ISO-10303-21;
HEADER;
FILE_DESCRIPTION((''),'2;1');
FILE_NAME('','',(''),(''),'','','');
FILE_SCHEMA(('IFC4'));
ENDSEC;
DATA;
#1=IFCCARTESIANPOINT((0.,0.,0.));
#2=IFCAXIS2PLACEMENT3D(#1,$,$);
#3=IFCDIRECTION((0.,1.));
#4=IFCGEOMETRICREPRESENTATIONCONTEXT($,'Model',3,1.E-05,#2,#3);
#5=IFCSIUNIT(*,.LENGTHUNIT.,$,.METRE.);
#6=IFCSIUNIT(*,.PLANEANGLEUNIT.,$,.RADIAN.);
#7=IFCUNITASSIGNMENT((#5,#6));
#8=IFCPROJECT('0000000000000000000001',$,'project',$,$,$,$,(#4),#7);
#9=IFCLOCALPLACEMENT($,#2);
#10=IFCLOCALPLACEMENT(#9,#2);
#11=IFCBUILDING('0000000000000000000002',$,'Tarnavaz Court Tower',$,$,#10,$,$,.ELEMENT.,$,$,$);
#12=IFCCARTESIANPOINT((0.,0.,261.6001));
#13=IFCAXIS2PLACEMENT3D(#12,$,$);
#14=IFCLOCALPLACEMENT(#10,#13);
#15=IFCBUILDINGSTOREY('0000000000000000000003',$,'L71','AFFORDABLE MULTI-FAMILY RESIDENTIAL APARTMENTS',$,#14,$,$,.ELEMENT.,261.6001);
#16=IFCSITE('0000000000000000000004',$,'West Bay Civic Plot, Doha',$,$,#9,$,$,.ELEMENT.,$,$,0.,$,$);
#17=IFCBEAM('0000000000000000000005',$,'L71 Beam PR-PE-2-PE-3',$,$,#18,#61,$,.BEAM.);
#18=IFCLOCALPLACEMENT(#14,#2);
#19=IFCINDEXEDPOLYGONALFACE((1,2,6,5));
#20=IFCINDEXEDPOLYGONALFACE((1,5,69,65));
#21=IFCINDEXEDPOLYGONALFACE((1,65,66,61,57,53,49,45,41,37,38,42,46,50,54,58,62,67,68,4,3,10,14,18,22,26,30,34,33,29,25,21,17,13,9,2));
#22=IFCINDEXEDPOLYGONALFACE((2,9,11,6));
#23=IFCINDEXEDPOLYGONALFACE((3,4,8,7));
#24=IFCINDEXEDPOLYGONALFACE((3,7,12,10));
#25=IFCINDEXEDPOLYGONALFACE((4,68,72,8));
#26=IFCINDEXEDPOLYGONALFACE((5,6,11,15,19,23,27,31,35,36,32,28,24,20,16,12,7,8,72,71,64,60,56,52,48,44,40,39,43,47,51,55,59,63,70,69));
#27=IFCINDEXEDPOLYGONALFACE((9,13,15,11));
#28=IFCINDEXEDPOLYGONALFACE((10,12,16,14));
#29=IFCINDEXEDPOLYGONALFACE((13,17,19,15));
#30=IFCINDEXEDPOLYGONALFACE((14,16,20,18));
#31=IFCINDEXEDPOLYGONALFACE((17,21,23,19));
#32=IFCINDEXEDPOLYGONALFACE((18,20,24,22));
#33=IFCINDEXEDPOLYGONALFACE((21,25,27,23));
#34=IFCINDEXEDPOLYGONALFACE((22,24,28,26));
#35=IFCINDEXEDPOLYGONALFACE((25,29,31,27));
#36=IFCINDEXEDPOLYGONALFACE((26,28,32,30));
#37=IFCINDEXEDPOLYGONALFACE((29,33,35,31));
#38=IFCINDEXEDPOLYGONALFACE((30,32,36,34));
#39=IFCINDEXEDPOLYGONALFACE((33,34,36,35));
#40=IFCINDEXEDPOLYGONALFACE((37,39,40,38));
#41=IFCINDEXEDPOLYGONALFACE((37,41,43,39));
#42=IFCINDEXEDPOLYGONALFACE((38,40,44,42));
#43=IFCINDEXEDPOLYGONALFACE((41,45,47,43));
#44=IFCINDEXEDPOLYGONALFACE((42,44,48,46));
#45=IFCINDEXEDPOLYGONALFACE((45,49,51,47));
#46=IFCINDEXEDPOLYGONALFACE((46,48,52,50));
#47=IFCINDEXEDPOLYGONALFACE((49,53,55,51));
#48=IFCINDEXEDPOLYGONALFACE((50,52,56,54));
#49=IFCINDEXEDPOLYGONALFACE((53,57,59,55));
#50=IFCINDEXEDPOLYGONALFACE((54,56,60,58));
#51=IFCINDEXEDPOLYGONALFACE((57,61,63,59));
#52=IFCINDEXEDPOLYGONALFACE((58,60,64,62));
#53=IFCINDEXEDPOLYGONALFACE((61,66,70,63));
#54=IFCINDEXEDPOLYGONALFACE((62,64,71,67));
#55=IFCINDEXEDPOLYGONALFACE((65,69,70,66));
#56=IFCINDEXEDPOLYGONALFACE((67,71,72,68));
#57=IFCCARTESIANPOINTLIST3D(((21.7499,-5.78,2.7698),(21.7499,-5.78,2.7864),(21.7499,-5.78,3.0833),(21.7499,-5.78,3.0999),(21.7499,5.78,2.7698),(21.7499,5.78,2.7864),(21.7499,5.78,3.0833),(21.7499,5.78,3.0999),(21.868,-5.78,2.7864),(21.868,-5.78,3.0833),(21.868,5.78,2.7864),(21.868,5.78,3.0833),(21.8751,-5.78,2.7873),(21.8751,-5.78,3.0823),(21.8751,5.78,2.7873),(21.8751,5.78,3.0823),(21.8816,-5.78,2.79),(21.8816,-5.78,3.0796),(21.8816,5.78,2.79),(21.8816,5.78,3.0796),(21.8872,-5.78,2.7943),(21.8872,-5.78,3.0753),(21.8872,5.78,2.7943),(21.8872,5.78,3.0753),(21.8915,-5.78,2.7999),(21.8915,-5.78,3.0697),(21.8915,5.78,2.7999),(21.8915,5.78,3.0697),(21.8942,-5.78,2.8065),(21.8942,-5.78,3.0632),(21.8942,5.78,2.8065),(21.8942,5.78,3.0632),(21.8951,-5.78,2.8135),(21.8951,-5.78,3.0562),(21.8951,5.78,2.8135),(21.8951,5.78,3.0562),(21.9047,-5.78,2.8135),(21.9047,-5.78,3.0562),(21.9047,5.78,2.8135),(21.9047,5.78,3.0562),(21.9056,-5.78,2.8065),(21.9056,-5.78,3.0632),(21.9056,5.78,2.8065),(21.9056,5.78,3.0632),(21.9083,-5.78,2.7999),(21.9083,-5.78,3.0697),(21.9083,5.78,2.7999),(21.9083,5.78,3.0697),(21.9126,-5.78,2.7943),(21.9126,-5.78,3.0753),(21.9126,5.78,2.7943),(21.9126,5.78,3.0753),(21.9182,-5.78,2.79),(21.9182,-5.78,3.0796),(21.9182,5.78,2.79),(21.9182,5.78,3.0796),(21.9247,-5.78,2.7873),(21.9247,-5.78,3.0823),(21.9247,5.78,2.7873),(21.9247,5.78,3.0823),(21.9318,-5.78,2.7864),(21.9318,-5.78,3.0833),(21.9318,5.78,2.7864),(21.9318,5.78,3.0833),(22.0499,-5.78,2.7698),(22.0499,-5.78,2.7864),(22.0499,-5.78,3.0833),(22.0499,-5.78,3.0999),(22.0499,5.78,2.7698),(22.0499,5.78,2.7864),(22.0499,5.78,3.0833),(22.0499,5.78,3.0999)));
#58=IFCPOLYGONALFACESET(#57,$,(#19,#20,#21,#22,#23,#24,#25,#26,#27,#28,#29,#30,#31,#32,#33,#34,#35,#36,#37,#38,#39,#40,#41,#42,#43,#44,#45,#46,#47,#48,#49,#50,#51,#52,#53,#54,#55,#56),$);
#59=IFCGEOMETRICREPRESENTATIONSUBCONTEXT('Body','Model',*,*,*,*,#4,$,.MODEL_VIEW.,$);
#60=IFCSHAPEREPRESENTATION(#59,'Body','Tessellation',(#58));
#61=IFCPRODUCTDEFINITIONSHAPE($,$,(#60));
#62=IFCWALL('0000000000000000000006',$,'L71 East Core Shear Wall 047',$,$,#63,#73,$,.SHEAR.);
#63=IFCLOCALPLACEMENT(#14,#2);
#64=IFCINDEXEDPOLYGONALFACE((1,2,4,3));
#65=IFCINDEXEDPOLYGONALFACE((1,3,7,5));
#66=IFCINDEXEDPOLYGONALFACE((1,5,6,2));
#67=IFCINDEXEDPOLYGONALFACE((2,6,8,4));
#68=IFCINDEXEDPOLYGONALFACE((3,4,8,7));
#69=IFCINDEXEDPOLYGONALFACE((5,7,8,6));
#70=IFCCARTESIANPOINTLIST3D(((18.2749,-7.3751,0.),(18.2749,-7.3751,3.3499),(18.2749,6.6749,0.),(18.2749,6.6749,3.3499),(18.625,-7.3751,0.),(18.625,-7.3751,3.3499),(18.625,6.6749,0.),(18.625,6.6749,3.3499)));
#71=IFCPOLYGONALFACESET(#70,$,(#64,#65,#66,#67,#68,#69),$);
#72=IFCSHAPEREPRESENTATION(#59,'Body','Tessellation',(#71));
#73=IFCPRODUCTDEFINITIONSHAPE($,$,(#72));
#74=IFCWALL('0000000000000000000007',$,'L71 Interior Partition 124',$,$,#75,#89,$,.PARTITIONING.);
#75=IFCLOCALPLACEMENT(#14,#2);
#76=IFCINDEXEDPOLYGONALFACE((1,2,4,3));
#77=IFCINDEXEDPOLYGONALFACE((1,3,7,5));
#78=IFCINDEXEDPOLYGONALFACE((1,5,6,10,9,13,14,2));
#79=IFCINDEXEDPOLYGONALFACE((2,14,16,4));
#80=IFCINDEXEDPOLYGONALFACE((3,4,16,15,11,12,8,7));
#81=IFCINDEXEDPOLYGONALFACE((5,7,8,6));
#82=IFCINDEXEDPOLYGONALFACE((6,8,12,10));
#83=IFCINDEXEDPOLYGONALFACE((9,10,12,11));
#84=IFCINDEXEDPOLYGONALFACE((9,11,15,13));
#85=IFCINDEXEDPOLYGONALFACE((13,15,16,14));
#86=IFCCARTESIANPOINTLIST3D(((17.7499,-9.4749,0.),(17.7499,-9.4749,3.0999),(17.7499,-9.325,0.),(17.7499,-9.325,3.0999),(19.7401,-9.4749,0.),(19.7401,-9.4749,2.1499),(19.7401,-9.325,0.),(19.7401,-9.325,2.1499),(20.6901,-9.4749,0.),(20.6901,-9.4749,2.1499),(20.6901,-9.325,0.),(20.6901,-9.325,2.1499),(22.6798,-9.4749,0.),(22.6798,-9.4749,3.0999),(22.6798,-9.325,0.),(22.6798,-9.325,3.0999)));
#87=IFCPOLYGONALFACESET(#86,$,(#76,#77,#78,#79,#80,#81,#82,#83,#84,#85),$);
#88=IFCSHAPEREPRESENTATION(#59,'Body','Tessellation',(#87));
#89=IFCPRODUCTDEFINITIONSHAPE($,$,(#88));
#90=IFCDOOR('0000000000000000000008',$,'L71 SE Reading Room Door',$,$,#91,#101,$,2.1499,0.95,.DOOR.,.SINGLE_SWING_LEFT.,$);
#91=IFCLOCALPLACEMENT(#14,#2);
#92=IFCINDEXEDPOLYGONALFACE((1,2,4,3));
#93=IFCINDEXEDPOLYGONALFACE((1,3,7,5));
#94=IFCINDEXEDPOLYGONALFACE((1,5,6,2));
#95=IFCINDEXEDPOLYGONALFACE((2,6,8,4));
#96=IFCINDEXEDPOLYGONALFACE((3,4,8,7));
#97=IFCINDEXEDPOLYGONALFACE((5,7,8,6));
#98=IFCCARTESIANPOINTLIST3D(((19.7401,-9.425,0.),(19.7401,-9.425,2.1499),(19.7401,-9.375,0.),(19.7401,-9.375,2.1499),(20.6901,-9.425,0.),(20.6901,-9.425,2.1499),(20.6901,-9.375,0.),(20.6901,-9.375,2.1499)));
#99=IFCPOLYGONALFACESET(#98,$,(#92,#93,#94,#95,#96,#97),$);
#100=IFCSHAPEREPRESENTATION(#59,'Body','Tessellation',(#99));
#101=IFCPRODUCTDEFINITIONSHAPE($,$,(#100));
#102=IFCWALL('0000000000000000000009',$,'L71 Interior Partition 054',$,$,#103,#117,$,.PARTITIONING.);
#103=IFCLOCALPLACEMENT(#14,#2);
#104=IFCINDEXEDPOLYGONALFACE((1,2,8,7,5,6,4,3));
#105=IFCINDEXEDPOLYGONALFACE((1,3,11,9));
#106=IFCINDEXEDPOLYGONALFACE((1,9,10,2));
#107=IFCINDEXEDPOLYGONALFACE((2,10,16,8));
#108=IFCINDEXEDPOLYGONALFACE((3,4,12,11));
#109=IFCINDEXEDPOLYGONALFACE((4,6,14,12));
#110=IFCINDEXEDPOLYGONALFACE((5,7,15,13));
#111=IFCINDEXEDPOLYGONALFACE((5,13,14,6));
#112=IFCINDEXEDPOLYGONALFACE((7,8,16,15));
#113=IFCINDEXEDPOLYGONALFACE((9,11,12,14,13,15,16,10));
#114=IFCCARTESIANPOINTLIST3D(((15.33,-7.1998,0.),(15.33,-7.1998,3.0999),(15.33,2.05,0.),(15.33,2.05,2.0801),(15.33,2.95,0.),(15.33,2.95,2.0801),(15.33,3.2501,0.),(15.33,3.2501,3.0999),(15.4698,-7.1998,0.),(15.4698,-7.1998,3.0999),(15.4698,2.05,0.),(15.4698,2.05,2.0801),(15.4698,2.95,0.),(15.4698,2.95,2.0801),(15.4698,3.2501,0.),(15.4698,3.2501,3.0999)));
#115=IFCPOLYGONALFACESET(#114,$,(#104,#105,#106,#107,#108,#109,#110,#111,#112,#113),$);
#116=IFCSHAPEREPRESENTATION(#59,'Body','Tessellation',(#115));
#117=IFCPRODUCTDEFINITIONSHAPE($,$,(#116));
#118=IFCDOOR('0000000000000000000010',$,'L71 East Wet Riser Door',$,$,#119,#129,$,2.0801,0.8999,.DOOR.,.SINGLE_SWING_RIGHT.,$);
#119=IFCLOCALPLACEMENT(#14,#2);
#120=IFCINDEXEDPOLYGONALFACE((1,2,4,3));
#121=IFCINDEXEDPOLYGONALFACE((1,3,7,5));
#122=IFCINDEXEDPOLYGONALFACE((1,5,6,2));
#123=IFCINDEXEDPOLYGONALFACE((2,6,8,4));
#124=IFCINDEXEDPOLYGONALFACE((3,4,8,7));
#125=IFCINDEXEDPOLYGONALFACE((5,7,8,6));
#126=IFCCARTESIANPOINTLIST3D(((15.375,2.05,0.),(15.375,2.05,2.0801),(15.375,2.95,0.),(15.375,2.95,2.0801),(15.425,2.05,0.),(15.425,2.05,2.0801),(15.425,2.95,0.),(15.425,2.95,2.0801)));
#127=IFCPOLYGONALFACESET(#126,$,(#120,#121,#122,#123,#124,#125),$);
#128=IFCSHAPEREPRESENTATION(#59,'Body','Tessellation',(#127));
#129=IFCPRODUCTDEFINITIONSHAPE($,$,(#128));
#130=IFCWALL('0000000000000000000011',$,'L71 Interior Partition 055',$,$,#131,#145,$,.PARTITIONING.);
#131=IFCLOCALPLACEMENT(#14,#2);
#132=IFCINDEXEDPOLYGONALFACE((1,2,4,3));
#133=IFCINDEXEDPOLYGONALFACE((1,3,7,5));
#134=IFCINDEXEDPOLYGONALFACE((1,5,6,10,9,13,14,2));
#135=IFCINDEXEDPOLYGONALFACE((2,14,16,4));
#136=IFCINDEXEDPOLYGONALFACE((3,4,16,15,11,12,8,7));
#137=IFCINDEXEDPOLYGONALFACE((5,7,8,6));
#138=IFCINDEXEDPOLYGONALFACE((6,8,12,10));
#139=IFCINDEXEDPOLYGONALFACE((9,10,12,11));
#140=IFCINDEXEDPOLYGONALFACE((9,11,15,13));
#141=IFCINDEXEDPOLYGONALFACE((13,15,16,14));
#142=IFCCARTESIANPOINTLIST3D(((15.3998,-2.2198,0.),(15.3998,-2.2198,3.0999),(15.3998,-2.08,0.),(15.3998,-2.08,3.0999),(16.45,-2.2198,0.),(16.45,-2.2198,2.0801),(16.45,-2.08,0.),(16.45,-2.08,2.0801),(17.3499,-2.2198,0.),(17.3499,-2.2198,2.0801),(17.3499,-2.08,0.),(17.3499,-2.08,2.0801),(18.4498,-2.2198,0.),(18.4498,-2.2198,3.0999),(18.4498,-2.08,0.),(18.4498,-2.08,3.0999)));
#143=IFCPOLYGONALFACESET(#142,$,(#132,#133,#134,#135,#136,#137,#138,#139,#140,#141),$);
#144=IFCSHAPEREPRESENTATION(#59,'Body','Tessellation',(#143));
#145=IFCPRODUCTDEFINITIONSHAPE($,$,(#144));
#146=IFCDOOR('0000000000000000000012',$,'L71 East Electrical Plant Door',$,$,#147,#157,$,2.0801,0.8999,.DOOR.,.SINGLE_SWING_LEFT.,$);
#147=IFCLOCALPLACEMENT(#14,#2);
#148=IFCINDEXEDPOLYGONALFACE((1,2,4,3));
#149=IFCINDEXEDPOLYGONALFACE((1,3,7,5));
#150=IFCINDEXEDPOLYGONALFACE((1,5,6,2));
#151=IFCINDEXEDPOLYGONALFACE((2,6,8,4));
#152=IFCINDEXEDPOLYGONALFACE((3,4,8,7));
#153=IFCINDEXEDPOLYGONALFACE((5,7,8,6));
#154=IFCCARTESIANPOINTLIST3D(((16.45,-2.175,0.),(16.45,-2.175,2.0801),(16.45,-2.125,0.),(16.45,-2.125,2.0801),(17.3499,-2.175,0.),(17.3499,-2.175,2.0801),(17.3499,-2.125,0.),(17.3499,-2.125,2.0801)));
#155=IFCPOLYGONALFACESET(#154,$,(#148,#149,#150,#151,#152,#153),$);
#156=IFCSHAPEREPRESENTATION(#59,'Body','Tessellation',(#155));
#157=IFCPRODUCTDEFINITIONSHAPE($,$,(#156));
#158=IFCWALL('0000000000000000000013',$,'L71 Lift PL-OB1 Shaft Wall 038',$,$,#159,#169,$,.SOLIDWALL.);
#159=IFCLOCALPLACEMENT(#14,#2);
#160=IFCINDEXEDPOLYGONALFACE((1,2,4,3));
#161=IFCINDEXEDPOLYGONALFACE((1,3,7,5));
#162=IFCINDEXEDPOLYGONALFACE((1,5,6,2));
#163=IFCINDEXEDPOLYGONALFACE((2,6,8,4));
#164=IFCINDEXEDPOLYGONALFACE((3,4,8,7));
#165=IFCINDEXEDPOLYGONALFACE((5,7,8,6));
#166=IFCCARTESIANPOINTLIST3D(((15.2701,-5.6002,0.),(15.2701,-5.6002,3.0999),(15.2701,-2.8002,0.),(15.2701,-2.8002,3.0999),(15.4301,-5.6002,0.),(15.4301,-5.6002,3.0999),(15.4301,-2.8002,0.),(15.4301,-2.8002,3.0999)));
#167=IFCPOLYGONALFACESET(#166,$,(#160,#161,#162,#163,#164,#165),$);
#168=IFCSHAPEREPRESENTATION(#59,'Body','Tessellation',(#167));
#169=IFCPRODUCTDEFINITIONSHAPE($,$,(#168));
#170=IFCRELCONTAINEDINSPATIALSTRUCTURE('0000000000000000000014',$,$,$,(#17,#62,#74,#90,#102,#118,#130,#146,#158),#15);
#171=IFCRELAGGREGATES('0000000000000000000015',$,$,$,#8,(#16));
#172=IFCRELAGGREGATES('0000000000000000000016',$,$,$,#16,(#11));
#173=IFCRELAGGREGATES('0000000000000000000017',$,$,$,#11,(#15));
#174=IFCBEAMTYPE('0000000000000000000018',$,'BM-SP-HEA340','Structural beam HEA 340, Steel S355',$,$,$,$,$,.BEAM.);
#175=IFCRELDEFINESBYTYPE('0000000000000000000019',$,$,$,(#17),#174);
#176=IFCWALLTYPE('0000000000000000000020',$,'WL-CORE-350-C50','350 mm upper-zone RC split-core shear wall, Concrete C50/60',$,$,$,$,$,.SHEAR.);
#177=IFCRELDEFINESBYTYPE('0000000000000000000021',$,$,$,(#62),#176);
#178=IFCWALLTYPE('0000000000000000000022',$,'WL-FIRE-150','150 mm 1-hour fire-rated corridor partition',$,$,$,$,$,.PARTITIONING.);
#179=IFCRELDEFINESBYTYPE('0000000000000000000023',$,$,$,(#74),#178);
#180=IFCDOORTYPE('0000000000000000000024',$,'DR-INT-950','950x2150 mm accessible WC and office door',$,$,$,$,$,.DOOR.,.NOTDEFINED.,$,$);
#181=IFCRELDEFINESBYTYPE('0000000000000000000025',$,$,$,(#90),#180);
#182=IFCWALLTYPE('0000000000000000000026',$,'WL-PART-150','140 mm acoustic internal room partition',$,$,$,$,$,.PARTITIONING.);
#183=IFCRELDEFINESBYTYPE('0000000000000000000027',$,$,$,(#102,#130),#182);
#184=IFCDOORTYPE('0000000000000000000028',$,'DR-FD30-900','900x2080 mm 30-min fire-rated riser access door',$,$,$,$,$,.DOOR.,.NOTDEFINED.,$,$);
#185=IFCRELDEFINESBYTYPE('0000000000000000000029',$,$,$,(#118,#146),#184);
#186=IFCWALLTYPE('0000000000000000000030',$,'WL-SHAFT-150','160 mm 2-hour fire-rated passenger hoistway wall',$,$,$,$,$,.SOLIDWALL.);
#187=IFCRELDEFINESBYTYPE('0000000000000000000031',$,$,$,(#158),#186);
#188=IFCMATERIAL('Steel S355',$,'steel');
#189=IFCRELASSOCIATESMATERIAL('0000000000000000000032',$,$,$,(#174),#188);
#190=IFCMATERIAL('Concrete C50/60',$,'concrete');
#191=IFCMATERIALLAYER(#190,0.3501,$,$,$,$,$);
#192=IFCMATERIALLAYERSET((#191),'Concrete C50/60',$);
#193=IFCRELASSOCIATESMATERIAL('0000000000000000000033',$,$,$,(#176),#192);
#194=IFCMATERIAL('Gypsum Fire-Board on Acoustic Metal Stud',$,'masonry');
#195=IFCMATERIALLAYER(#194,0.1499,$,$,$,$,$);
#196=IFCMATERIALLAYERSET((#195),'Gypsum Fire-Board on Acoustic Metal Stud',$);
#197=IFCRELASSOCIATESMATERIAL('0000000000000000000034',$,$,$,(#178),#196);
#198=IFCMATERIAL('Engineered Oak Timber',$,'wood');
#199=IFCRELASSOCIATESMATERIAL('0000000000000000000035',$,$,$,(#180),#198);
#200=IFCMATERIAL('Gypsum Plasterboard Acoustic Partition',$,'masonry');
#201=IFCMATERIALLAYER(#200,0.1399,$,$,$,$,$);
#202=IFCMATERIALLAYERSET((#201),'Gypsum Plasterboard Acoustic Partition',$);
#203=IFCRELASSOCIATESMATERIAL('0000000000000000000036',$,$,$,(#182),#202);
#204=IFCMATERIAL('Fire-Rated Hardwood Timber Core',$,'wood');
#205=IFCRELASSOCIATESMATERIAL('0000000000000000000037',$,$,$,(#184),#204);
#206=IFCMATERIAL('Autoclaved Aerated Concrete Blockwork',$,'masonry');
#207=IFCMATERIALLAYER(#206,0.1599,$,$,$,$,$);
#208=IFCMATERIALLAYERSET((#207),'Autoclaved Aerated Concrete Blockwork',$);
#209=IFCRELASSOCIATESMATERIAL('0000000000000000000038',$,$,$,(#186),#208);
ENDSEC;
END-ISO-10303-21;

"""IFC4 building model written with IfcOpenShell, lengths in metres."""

from ifc_helpers import new_model, si_unit, direction, frame, frame_2d, origin, origin_2d, place, context, subcontext, project, spatial, rectangle, i_section, extrude, material, layer, layer_set, material_profile, profile_set, type_object, element, fill, save


model = new_model("IFC4")

# Units and contexts
model_context = context("Model", 3, precision=1e-05, world=origin(), true_north=direction((0.0, 1.0)))
body_context = subcontext(model_context, "Body", "Model", "MODEL_VIEW")
ifc_project = project(units=[si_unit("LENGTHUNIT", "METRE"), si_unit("PLANEANGLEUNIT", "RADIAN")], contexts=[model_context])

# Site, building, storey
site_placement = place(None, origin())
site = spatial("IfcSite", under=ifc_project, at=site_placement, Name="West Bay Civic Plot, Doha", CompositionType="ELEMENT", RefElevation=0.0)
building_placement = place(site_placement, origin())
building = spatial("IfcBuilding", under=site, at=building_placement, Name="Tarnavaz Court Tower", CompositionType="ELEMENT")
storey_placement = place(building_placement, frame((0.0, 0.0, 261.6001)))
storey = spatial("IfcBuildingStorey", under=building, at=storey_placement, Name="L71", Description="AFFORDABLE MULTI-FAMILY RESIDENTIAL APARTMENTS", CompositionType="ELEMENT", Elevation=261.6001)

# Shared definitions
ifc_material_1 = material(Name="Concrete C50/60", Category="concrete")

# Beam
ifc_material_2 = material(Name="Steel S355", Category="steel")
ifc_material_profile_1 = material_profile(ifc_material_2, i_section(OverallWidth=0.3, OverallDepth=0.3301, WebThickness=0.0095, FlangeThickness=0.0166, FilletRadius=0.0271, at=origin_2d()), Name="HEA 340")
ifc_profile_set_1 = profile_set([ifc_material_profile_1], Name="Steel S355")
beam_type_1 = type_object("IfcBeamType", Name="BM-SP-HEA340", Description="Structural beam HEA 340, Steel S355", PredefinedType="BEAM", material=ifc_profile_set_1)
beam_1_placement = place(storey_placement, frame((21.8999, -5.78, 2.9348), z_axis=(0.0, 1.0, 0.0), x_axis=(-1.0, 0.0, 0.0)))
element("IfcBeam", 1, at=beam_1_placement, inside=storey, type_object=beam_type_1, Name="L71 Beam PR-PE-2-PE-3", PredefinedType="BEAM", context=body_context, shape_type="SweptSolid", body=[
    extrude(i_section(OverallWidth=0.3, OverallDepth=0.3301, WebThickness=0.0095, FlangeThickness=0.0166, FilletRadius=0.0271, at=origin_2d()), origin(), (0.0, 0.0, 1.0), 11.5601),
])

# Wall
ifc_layer_1 = layer(ifc_material_1, 0.3501)
ifc_layer_set_1 = layer_set([ifc_layer_1], Name="Concrete C50/60")
wall_type_1 = type_object("IfcWallType", Name="WL-CORE-350-C50", Description="350 mm upper-zone RC split-core shear wall, Concrete C50/60", PredefinedType="SHEAR", material=ifc_layer_set_1)
wall_1_placement = place(storey_placement, frame((18.45, -7.375, 0.0), z_axis=(0.0, 0.0, 1.0), x_axis=(0.0, 1.0, 0.0)))
element("IfcWall", 2, at=wall_1_placement, inside=storey, type_object=wall_type_1, Name="L71 East Core Shear Wall 047", PredefinedType="SHEAR", context=body_context, shape_type="SweptSolid", body=[
    extrude(rectangle(XDim=14.05, YDim=0.3501, at=frame_2d((7.0249, 0.0))), origin(), (0.0, 0.0, 1.0), 3.3499),
])

# Walls, openings, doors
ifc_material_3 = material(Name="Gypsum Fire-Board on Acoustic Metal Stud", Category="masonry")
ifc_layer_2 = layer(ifc_material_3, 0.1499)
ifc_layer_set_2 = layer_set([ifc_layer_2], Name="Gypsum Fire-Board on Acoustic Metal Stud")
wall_type_2 = type_object("IfcWallType", Name="WL-FIRE-150", Description="150 mm 1-hour fire-rated corridor partition", PredefinedType="PARTITIONING", material=ifc_layer_set_2)
ifc_material_4 = material(Name="Engineered Oak Timber", Category="wood")
wall_2_placement = place(storey_placement, frame((17.75, -9.3999, 0.0), z_axis=(0.0, 0.0, 1.0), x_axis=(1.0, 0.0, 0.0)))
wall_2 = element("IfcWall", 3, at=wall_2_placement, inside=storey, type_object=wall_type_2, Name="L71 Interior Partition 124", PredefinedType="PARTITIONING", context=body_context, shape_type="SweptSolid", body=[
    extrude(rectangle(XDim=4.9299, YDim=0.1499, at=frame_2d((2.4648, 0.0))), origin(), (0.0, 0.0, 1.0), 3.0999),
])
opening_1_placement = place(wall_2_placement, frame((1.99, 0.0, 0.0)))
opening_1 = element("IfcOpeningElement", 4, at=opening_1_placement, cuts=wall_2, PredefinedType="OPENING", context=body_context, shape_type="SweptSolid", body=[
    extrude(rectangle(XDim=0.95, YDim=2.1499, at=frame_2d((0.4751, 1.075))), frame((0.0, 0.085, 0.0), z_axis=(0.0, -1.0, 0.0), x_axis=(1.0, 0.0, 0.0)), (0.0, 0.0, 1.0), 0.1699),
])
door_type_1 = type_object("IfcDoorType", Name="DR-INT-950", Description="950x2150 mm accessible WC and office door", OperationType="NOTDEFINED", PredefinedType="DOOR", material=ifc_material_4)
door_1_placement = place(opening_1_placement, origin())
door_1 = element("IfcDoor", 5, at=door_1_placement, inside=storey, type_object=door_type_1, Name="L71 SE Reading Room Door", OperationType="SINGLE_SWING_LEFT", OverallHeight=2.1499, OverallWidth=0.95, PredefinedType="DOOR", context=body_context, shape_type="SweptSolid", body=[
    extrude(rectangle(XDim=0.95, YDim=2.1499, at=frame_2d((0.4751, 1.075))), frame((0.0, 0.0249, 0.0), z_axis=(0.0, -1.0, 0.0), x_axis=(1.0, 0.0, 0.0)), (0.0, 0.0, 1.0), 0.05),
])
fill(opening_1, door_1)
ifc_material_5 = material(Name="Gypsum Plasterboard Acoustic Partition", Category="masonry")
ifc_layer_3 = layer(ifc_material_5, 0.1399)
ifc_layer_set_3 = layer_set([ifc_layer_3], Name="Gypsum Plasterboard Acoustic Partition")
wall_type_3 = type_object("IfcWallType", Name="WL-PART-150", Description="140 mm acoustic internal room partition", PredefinedType="PARTITIONING", material=ifc_layer_set_3)
wall_3_placement = place(storey_placement, frame((15.3999, -7.2, 0.0), z_axis=(0.0, 0.0, 1.0), x_axis=(0.0, 1.0, 0.0)))
wall_3 = element("IfcWall", 6, at=wall_3_placement, inside=storey, type_object=wall_type_3, Name="L71 Interior Partition 054", PredefinedType="PARTITIONING", context=body_context, shape_type="SweptSolid", body=[
    extrude(rectangle(XDim=10.45, YDim=0.1399, at=frame_2d((5.2251, 0.0))), origin(), (0.0, 0.0, 1.0), 3.0999),
])
opening_2_placement = place(wall_3_placement, frame((9.25, 0.0, 0.0)))
opening_2 = element("IfcOpeningElement", 7, at=opening_2_placement, cuts=wall_3, PredefinedType="OPENING", context=body_context, shape_type="SweptSolid", body=[
    extrude(rectangle(XDim=0.8999, YDim=2.0801, at=frame_2d((0.45, 1.04))), frame((0.0, 0.0798, 0.0), z_axis=(0.0, -1.0, 0.0), x_axis=(1.0, 0.0, 0.0)), (0.0, 0.0, 1.0), 0.1599),
])
ifc_material_6 = material(Name="Fire-Rated Hardwood Timber Core", Category="wood")
door_type_2 = type_object("IfcDoorType", Name="DR-FD30-900", Description="900x2080 mm 30-min fire-rated riser access door", OperationType="NOTDEFINED", PredefinedType="DOOR", material=ifc_material_6)
door_2_placement = place(opening_2_placement, origin())
door_2 = element("IfcDoor", 8, at=door_2_placement, inside=storey, type_object=door_type_2, Name="L71 East Wet Riser Door", OperationType="SINGLE_SWING_RIGHT", OverallHeight=2.0801, OverallWidth=0.8999, PredefinedType="DOOR", context=body_context, shape_type="SweptSolid", body=[
    extrude(rectangle(XDim=0.8999, YDim=2.0801, at=frame_2d((0.45, 1.04))), frame((0.0, 0.0249, 0.0), z_axis=(0.0, -1.0, 0.0), x_axis=(1.0, 0.0, 0.0)), (0.0, 0.0, 1.0), 0.05),
])
fill(opening_2, door_2)
wall_4_placement = place(storey_placement, frame((15.3999, -2.1499, 0.0), z_axis=(0.0, 0.0, 1.0), x_axis=(1.0, 0.0, 0.0)))
wall_4 = element("IfcWall", 9, at=wall_4_placement, inside=storey, type_object=wall_type_3, Name="L71 Interior Partition 055", PredefinedType="PARTITIONING", context=body_context, shape_type="SweptSolid", body=[
    extrude(rectangle(XDim=3.05, YDim=0.1399, at=frame_2d((1.5249, 0.0))), origin(), (0.0, 0.0, 1.0), 3.0999),
])
opening_3_placement = place(wall_4_placement, frame((1.05, 0.0, 0.0)))
opening_3 = element("IfcOpeningElement", 10, at=opening_3_placement, cuts=wall_4, PredefinedType="OPENING", context=body_context, shape_type="SweptSolid", body=[
    extrude(rectangle(XDim=0.8999, YDim=2.0801, at=frame_2d((0.45, 1.04))), frame((0.0, 0.0798, 0.0), z_axis=(0.0, -1.0, 0.0), x_axis=(1.0, 0.0, 0.0)), (0.0, 0.0, 1.0), 0.1599),
])
door_3_placement = place(opening_3_placement, origin())
door_3 = element("IfcDoor", 11, at=door_3_placement, inside=storey, type_object=door_type_2, Name="L71 East Electrical Plant Door", OperationType="SINGLE_SWING_LEFT", OverallHeight=2.0801, OverallWidth=0.8999, PredefinedType="DOOR", context=body_context, shape_type="SweptSolid", body=[
    extrude(rectangle(XDim=0.8999, YDim=2.0801, at=frame_2d((0.45, 1.04))), frame((0.0, 0.0249, 0.0), z_axis=(0.0, -1.0, 0.0), x_axis=(1.0, 0.0, 0.0)), (0.0, 0.0, 1.0), 0.05),
])
fill(opening_3, door_3)

# Wall
ifc_material_7 = material(Name="Autoclaved Aerated Concrete Blockwork", Category="masonry")
ifc_layer_4 = layer(ifc_material_7, 0.1599)
ifc_layer_set_4 = layer_set([ifc_layer_4], Name="Autoclaved Aerated Concrete Blockwork")
wall_type_4 = type_object("IfcWallType", Name="WL-SHAFT-150", Description="160 mm 2-hour fire-rated passenger hoistway wall", PredefinedType="SOLIDWALL", material=ifc_layer_set_4)
wall_5_placement = place(storey_placement, frame((15.3501, -5.6001, 0.0), z_axis=(0.0, 0.0, 1.0), x_axis=(0.0, 1.0, 0.0)))
element("IfcWall", 12, at=wall_5_placement, inside=storey, type_object=wall_type_4, Name="L71 Lift PL-OB1 Shaft Wall 038", PredefinedType="SOLIDWALL", context=body_context, shape_type="SweptSolid", body=[
    extrude(rectangle(XDim=2.8, YDim=0.1599, at=frame_2d((1.3999, 0.0))), origin(), (0.0, 0.0, 1.0), 3.0999),
])

save(model, "model.ifc")
